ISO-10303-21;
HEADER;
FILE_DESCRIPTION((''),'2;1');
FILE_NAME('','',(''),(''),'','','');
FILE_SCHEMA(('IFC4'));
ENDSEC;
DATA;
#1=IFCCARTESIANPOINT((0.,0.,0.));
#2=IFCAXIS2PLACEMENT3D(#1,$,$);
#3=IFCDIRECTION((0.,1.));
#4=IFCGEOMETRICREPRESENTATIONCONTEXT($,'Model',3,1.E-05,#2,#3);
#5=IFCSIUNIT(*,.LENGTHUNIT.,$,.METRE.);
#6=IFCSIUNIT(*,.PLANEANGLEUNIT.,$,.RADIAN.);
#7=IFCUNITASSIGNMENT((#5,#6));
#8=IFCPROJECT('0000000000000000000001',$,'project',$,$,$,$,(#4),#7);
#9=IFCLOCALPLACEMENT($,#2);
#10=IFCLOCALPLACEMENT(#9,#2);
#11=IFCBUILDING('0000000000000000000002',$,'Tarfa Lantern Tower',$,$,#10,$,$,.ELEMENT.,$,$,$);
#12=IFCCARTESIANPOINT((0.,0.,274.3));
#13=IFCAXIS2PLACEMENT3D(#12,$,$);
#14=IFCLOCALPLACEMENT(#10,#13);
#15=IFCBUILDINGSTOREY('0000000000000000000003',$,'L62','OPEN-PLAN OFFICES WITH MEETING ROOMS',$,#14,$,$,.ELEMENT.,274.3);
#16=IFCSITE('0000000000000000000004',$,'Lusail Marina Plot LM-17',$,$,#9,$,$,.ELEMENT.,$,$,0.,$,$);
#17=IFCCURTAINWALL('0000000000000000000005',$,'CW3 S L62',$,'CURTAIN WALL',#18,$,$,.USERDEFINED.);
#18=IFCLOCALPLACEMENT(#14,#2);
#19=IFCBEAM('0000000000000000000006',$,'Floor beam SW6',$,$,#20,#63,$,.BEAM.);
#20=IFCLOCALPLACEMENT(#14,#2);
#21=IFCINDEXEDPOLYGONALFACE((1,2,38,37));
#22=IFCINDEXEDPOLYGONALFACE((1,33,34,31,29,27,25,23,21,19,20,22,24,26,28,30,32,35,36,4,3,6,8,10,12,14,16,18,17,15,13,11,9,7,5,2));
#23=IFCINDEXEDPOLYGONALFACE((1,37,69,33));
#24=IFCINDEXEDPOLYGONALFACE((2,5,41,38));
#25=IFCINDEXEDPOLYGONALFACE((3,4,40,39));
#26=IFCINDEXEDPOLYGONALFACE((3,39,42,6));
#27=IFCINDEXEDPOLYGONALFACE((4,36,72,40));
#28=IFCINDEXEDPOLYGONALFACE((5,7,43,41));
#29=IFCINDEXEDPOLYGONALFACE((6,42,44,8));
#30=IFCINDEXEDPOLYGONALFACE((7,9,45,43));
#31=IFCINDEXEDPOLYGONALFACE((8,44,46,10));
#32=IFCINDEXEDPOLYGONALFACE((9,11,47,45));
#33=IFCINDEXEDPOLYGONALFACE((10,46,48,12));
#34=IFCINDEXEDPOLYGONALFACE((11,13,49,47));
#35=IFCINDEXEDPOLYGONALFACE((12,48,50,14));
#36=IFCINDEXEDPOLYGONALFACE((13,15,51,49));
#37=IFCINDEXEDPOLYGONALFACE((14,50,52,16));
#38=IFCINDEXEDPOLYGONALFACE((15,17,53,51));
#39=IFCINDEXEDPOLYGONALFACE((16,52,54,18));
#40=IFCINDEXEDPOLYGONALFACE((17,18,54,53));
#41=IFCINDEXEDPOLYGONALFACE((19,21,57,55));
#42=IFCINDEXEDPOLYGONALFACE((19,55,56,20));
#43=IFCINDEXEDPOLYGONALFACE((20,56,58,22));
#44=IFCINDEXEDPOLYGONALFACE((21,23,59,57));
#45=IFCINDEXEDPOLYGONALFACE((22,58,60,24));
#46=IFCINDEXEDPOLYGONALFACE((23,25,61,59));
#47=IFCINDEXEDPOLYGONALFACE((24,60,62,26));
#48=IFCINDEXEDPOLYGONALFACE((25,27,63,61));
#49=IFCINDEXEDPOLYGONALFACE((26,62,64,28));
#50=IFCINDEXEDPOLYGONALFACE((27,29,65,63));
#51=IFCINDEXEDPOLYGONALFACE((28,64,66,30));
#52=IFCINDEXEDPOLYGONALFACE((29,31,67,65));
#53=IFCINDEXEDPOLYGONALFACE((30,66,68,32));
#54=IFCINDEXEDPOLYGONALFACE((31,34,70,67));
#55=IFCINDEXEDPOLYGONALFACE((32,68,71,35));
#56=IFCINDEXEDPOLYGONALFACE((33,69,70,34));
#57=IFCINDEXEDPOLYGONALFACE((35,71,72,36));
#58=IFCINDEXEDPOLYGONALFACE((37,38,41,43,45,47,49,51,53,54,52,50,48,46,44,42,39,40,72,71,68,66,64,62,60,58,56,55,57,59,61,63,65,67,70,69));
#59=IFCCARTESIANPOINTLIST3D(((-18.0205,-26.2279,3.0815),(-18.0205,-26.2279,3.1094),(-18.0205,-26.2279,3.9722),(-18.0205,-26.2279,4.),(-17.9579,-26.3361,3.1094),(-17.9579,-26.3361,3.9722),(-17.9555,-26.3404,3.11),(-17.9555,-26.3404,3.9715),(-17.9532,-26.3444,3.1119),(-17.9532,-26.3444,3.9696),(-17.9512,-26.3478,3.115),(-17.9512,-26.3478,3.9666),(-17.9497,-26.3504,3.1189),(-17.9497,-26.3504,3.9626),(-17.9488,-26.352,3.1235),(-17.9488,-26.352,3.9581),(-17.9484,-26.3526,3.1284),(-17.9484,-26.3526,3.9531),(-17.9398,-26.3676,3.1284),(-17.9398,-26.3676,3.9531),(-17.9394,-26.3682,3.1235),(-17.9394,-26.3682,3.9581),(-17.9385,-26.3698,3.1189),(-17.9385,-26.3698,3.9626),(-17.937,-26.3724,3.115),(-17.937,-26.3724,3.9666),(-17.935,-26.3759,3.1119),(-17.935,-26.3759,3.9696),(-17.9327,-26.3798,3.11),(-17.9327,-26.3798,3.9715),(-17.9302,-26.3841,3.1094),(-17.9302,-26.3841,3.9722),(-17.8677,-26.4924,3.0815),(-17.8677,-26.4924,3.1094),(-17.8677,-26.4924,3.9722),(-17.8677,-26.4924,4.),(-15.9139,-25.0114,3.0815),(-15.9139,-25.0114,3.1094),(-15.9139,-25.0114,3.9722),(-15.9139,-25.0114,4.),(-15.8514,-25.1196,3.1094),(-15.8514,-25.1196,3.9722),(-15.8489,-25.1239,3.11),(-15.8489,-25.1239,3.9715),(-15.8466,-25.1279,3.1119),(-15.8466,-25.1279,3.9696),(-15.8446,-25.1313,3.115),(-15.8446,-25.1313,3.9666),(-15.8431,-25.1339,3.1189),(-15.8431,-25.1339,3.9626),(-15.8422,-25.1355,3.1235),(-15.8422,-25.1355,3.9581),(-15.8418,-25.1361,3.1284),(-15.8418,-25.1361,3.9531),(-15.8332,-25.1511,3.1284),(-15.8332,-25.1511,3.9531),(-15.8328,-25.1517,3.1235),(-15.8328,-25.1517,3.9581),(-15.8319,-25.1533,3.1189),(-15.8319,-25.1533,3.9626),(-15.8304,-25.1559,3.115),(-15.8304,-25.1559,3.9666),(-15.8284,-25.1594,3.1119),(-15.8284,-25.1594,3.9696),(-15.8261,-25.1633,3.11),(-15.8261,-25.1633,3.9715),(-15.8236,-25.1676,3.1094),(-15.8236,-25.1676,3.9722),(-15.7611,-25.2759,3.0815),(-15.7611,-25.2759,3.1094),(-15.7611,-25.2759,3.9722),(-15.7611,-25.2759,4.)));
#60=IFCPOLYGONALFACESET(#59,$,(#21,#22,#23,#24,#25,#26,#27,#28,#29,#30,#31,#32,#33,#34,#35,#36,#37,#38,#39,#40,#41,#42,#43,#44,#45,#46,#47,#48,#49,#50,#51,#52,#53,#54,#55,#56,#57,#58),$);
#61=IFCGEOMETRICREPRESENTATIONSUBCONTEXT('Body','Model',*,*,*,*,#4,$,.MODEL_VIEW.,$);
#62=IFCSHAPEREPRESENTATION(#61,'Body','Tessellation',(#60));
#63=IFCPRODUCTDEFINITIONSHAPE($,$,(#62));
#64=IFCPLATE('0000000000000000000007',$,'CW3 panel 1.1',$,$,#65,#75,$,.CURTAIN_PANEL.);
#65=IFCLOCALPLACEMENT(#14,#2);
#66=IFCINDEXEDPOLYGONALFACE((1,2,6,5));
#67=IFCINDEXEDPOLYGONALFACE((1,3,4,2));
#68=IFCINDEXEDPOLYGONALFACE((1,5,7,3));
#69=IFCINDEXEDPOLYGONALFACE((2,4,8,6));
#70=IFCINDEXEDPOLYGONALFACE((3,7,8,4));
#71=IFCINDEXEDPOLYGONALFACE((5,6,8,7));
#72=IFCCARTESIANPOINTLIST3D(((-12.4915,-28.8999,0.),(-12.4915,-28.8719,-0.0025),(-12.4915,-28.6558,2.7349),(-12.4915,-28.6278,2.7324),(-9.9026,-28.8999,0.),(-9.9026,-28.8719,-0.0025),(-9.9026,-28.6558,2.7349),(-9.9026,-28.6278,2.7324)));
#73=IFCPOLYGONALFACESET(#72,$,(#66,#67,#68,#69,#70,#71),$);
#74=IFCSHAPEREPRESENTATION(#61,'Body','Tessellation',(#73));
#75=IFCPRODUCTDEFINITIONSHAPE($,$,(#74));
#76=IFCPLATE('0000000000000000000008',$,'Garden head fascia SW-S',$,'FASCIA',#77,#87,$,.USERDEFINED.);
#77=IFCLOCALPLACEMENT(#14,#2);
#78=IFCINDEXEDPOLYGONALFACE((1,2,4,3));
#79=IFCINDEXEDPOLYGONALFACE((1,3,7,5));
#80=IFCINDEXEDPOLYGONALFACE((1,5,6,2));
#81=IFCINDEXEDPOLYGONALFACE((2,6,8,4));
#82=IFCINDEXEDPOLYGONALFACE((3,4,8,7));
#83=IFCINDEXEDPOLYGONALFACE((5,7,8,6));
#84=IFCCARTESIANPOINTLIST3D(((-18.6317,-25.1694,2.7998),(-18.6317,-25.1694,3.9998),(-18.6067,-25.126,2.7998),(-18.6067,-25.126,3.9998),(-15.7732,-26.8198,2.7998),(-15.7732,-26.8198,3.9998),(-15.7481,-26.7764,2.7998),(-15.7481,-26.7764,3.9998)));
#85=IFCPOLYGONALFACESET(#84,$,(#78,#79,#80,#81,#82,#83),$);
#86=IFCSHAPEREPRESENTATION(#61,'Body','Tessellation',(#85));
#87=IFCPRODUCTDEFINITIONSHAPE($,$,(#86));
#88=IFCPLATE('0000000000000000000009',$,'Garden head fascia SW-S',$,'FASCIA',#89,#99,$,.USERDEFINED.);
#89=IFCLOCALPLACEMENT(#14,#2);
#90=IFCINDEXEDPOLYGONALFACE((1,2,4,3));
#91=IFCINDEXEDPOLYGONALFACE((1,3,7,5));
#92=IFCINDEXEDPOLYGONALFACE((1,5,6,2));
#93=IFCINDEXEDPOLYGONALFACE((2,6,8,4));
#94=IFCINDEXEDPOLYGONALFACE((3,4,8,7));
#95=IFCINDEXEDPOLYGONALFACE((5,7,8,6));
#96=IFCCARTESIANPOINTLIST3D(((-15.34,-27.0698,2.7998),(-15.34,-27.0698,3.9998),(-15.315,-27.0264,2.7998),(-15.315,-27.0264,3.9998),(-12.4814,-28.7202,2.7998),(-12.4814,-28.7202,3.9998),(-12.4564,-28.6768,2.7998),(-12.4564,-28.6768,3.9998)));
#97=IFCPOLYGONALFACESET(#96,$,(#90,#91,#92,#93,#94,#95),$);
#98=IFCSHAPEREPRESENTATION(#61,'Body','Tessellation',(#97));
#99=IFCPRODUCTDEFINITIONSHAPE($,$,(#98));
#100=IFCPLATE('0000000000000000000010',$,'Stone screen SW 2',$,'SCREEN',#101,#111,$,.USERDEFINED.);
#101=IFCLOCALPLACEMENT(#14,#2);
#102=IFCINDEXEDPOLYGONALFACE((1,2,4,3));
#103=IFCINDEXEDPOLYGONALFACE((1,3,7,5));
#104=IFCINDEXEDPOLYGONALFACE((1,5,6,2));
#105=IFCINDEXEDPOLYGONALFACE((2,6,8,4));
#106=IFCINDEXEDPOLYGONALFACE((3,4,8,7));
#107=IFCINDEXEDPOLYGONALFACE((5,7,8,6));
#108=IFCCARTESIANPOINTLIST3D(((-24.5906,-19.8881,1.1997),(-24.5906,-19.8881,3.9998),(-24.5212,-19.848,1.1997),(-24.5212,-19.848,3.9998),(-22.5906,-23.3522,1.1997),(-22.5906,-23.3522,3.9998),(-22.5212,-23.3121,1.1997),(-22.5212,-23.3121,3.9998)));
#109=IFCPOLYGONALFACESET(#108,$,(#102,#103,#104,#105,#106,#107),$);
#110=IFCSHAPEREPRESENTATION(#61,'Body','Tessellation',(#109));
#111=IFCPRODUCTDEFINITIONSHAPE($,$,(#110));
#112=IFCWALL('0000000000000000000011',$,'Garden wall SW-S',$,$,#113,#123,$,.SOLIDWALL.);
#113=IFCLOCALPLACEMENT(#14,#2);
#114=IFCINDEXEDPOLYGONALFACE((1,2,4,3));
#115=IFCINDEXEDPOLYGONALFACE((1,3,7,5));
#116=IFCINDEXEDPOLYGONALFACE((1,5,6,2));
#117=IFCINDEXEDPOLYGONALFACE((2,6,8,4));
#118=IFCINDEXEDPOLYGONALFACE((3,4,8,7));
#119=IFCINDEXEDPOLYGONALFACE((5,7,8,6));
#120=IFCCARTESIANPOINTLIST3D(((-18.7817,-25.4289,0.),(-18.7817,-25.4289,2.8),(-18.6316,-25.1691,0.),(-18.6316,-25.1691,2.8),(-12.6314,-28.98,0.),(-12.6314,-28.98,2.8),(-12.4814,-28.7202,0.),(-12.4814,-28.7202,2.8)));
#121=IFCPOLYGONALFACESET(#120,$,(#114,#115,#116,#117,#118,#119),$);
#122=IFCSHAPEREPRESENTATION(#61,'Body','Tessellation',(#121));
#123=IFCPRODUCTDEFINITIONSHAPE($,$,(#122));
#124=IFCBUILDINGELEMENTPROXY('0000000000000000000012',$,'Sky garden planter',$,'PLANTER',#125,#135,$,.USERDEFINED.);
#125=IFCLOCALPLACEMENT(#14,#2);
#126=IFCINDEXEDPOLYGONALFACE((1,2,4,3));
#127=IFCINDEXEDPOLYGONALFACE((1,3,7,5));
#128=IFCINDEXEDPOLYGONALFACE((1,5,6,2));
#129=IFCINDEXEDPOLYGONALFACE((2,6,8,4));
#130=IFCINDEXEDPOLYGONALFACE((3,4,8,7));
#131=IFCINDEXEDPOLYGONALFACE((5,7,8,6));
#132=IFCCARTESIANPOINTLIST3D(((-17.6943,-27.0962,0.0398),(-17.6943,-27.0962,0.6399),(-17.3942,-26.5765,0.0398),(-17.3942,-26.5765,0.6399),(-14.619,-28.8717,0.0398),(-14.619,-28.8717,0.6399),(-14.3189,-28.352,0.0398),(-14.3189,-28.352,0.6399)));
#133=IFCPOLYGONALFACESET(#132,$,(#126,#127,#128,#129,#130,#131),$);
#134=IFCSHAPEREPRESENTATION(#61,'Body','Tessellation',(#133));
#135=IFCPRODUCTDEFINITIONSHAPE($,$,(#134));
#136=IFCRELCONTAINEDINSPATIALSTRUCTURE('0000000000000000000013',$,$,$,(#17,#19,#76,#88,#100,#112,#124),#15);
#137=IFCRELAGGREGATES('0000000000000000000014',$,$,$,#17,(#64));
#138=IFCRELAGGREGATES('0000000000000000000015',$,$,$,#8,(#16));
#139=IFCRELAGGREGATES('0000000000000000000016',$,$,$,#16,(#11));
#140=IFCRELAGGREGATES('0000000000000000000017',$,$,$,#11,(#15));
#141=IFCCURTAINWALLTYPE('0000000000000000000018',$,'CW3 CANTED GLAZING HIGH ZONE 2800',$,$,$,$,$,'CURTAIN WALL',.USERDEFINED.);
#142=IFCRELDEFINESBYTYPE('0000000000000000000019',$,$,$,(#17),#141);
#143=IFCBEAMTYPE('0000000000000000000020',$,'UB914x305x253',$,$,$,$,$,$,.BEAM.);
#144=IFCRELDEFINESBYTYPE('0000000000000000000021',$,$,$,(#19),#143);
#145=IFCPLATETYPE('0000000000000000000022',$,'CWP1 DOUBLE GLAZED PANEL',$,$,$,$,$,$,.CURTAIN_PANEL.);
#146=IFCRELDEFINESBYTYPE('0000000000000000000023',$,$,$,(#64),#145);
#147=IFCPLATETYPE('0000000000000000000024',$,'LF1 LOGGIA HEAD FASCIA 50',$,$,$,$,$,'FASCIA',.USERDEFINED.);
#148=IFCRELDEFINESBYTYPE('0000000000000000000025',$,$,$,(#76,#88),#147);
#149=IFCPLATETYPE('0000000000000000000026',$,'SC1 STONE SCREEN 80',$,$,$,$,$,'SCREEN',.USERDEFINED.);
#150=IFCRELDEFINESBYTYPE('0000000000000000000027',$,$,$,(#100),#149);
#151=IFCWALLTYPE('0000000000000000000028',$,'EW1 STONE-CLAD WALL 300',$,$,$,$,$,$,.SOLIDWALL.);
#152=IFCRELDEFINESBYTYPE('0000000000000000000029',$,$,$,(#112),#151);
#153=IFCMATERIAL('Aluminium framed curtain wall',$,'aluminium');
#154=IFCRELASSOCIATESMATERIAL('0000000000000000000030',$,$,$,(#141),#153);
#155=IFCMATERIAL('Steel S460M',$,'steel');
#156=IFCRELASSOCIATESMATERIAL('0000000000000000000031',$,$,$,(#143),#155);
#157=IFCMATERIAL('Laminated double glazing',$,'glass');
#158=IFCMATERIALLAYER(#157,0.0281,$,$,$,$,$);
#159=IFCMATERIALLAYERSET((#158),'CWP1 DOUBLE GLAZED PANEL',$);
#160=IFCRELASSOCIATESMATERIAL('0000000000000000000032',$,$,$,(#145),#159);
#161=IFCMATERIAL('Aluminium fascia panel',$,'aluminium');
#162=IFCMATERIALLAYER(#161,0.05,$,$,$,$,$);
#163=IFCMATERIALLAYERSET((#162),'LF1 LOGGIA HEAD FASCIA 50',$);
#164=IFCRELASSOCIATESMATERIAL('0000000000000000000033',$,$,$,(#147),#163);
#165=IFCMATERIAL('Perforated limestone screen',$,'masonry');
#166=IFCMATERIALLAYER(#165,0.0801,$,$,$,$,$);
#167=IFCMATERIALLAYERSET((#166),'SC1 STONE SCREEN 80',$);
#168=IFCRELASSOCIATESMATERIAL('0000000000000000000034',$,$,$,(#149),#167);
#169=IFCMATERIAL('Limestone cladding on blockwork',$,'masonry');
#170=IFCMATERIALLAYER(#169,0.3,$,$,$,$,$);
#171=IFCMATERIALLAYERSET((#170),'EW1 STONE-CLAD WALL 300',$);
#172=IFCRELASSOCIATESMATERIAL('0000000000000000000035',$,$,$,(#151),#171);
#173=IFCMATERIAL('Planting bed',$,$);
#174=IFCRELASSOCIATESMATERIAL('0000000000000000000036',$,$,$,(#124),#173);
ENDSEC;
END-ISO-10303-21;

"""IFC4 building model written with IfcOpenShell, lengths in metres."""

from ifc_helpers import new_model, si_unit, direction, frame, frame_2d, origin, origin_2d, place, context, subcontext, project, spatial, polyline, rectangle, i_section, outline, extrude, material, layer, layer_set, material_profile, profile_set, type_object, element, aggregate, save


model = new_model("IFC4")

# Units and contexts
model_context = context("Model", 3, precision=1e-05, world=origin(), true_north=direction((0.0, 1.0)))
body_context = subcontext(model_context, "Body", "Model", "MODEL_VIEW")
ifc_project = project(units=[si_unit("LENGTHUNIT", "METRE"), si_unit("PLANEANGLEUNIT", "RADIAN")], contexts=[model_context])

# Site, building, storey
site_placement = place(None, origin())
site = spatial("IfcSite", under=ifc_project, at=site_placement, Name="Lusail Marina Plot LM-17", CompositionType="ELEMENT", RefElevation=0.0)
building_placement = place(site_placement, origin())
building = spatial("IfcBuilding", under=site, at=building_placement, Name="Tarfa Lantern Tower", CompositionType="ELEMENT")
storey_placement = place(building_placement, frame((0.0, 0.0, 274.3)))
storey = spatial("IfcBuildingStorey", under=building, at=storey_placement, Name="L62", Description="OPEN-PLAN OFFICES WITH MEETING ROOMS", CompositionType="ELEMENT", Elevation=274.3)

# Curtain wall
ifc_material_1 = material(Name="Aluminium framed curtain wall", Category="aluminium")
curtain_wall_type = type_object("IfcCurtainWallType", Name="CW3 CANTED GLAZING HIGH ZONE 2800", ElementType="CURTAIN WALL", PredefinedType="USERDEFINED", material=ifc_material_1)
curtain_wall_placement = place(storey_placement, origin())
curtain_wall = element("IfcCurtainWall", 1, at=curtain_wall_placement, inside=storey, type_object=curtain_wall_type, Name="CW3 S L62", ObjectType="CURTAIN WALL", PredefinedType="USERDEFINED")

# Beam
ifc_material_2 = material(Name="Steel S460M", Category="steel")
ifc_material_profile_1 = material_profile(ifc_material_2, i_section(OverallWidth=0.3054, OverallDepth=0.9185, WebThickness=0.0173, FlangeThickness=0.0278, FilletRadius=0.019, at=origin_2d()), Name="UB914x305x253")
ifc_profile_set_1 = profile_set([ifc_material_profile_1], Name="Steel S460M")
beam_type_1 = type_object("IfcBeamType", Name="UB914x305x253", PredefinedType="BEAM", material=ifc_profile_set_1)
beam_1_placement = place(storey_placement, frame((-17.9441, -26.3601, 3.5408), z_axis=(0.86598, 0.500079, 0.0), x_axis=(-0.500079, 0.86598, 0.0)))
element("IfcBeam", 2, at=beam_1_placement, inside=storey, type_object=beam_type_1, Name="Floor beam SW6", PredefinedType="BEAM", context=body_context, shape_type="SweptSolid", body=[
    extrude(i_section(OverallWidth=0.3054, OverallDepth=0.9185, WebThickness=0.0173, FlangeThickness=0.0278, FilletRadius=0.019, at=origin_2d()), origin(), (0.0, 0.0, 1.0), 2.4326),
])

# Plate
ifc_material_3 = material(Name="Laminated double glazing", Category="glass")
ifc_layer_1 = layer(ifc_material_3, 0.0281)
ifc_layer_set_1 = layer_set([ifc_layer_1], Name="CWP1 DOUBLE GLAZED PANEL")
plate_type_1 = type_object("IfcPlateType", Name="CWP1 DOUBLE GLAZED PANEL", PredefinedType="CURTAIN_PANEL", material=ifc_layer_set_1)
plate_1_placement = place(storey_placement, frame((-12.4915, -28.8999, 0.0), z_axis=(0.0, -0.996039, 0.088916), x_axis=(1.0, 0.0, 0.0)))
plate_1 = element("IfcPlate", 3, at=plate_1_placement, type_object=plate_type_1, Name="CW3 panel 1.1", PredefinedType="CURTAIN_PANEL", context=body_context, shape_type="SweptSolid", body=[
    extrude(outline(polyline([(0.0, 0.0), (2.5889, 0.0), (2.5889, 2.7457), (0.0, 2.7457), (0.0, 0.0)])), origin(), (0.0, 0.0, -1.0), 0.0281),
])
aggregate(curtain_wall, [plate_1])

# Plates
ifc_material_4 = material(Name="Aluminium fascia panel", Category="aluminium")
ifc_layer_2 = layer(ifc_material_4, 0.05)
ifc_layer_set_2 = layer_set([ifc_layer_2], Name="LF1 LOGGIA HEAD FASCIA 50")
plate_type_2 = type_object("IfcPlateType", Name="LF1 LOGGIA HEAD FASCIA 50", ElementType="FASCIA", PredefinedType="USERDEFINED", material=ifc_layer_set_2)
for number, where, z_axis, x_axis, name in (
    (4, (-17.1899, -25.9729, 2.7998), (0.0, 0.0, 1.0), (0.866025, -0.5, 0.0), "Garden head fascia SW-S"),
    (5, (-13.8982, -27.8733, 2.7998), (0.0, 0.0, 1.0), (0.866025, -0.5, 0.0), "Garden head fascia SW-S"),
):
    element("IfcPlate", number, at=place(storey_placement, frame(where, z_axis=z_axis, x_axis=x_axis)), inside=storey, type_object=plate_type_2, Name=name, ObjectType="FASCIA", PredefinedType="USERDEFINED", context=body_context, shape_type="SweptSolid", body=[
        extrude(rectangle(XDim=3.3008, YDim=0.05, at=origin_2d()), origin(), (0.0, 0.0, 1.0), 1.2),
    ])
ifc_material_5 = material(Name="Perforated limestone screen", Category="masonry")
ifc_layer_3 = layer(ifc_material_5, 0.0801)
ifc_layer_set_3 = layer_set([ifc_layer_3], Name="SC1 STONE SCREEN 80")
plate_type_3 = type_object("IfcPlateType", Name="SC1 STONE SCREEN 80", ElementType="SCREEN", PredefinedType="USERDEFINED", material=ifc_layer_set_3)
plate_2_placement = place(storey_placement, frame((-23.5559, -21.6001, 1.1997), z_axis=(0.0, 0.0, 1.0), x_axis=(0.5, -0.866025, 0.0)))
element("IfcPlate", 6, at=plate_2_placement, inside=storey, type_object=plate_type_3, Name="Stone screen SW 2", ObjectType="SCREEN", PredefinedType="USERDEFINED", context=body_context, shape_type="SweptSolid", body=[
    extrude(rectangle(XDim=4.0, YDim=0.0801, at=origin_2d()), origin(), (0.0, 0.0, 1.0), 2.8),
])

# Wall
ifc_material_6 = material(Name="Limestone cladding on blockwork", Category="masonry")
ifc_layer_4 = layer(ifc_material_6, 0.3)
ifc_layer_set_4 = layer_set([ifc_layer_4], Name="EW1 STONE-CLAD WALL 300")
wall_type = type_object("IfcWallType", Name="EW1 STONE-CLAD WALL 300", PredefinedType="SOLIDWALL", material=ifc_layer_set_4)
wall_placement = place(storey_placement, frame((-18.7065, -25.2991, 0.0), z_axis=(0.0, 0.0, 1.0), x_axis=(0.866011, -0.500025, 0.0)))
element("IfcWall", 7, at=wall_placement, inside=storey, type_object=wall_type, Name="Garden wall SW-S", PredefinedType="SOLIDWALL", context=body_context, shape_type="SweptSolid", body=[
    extrude(rectangle(XDim=7.1018, YDim=0.3, at=frame_2d((3.5508, 0.0))), origin(), (0.0, 0.0, 1.0), 2.8),
])

# Building element proxy
ifc_material_7 = material(Name="Planting bed")
proxy_placement = place(storey_placement, frame((-16.0066, -27.7241, 0.0398), z_axis=(0.0, 0.0, 1.0), x_axis=(0.866025, -0.5, 0.0)))
element("IfcBuildingElementProxy", 8, at=proxy_placement, inside=storey, material=ifc_material_7, Name="Sky garden planter", ObjectType="PLANTER", PredefinedType="USERDEFINED", context=body_context, shape_type="SweptSolid", body=[
    extrude(rectangle(XDim=3.551, YDim=0.6001, at=origin_2d()), origin(), (0.0, 0.0, 1.0), 0.6001),
])

save(model, "model.ifc")
